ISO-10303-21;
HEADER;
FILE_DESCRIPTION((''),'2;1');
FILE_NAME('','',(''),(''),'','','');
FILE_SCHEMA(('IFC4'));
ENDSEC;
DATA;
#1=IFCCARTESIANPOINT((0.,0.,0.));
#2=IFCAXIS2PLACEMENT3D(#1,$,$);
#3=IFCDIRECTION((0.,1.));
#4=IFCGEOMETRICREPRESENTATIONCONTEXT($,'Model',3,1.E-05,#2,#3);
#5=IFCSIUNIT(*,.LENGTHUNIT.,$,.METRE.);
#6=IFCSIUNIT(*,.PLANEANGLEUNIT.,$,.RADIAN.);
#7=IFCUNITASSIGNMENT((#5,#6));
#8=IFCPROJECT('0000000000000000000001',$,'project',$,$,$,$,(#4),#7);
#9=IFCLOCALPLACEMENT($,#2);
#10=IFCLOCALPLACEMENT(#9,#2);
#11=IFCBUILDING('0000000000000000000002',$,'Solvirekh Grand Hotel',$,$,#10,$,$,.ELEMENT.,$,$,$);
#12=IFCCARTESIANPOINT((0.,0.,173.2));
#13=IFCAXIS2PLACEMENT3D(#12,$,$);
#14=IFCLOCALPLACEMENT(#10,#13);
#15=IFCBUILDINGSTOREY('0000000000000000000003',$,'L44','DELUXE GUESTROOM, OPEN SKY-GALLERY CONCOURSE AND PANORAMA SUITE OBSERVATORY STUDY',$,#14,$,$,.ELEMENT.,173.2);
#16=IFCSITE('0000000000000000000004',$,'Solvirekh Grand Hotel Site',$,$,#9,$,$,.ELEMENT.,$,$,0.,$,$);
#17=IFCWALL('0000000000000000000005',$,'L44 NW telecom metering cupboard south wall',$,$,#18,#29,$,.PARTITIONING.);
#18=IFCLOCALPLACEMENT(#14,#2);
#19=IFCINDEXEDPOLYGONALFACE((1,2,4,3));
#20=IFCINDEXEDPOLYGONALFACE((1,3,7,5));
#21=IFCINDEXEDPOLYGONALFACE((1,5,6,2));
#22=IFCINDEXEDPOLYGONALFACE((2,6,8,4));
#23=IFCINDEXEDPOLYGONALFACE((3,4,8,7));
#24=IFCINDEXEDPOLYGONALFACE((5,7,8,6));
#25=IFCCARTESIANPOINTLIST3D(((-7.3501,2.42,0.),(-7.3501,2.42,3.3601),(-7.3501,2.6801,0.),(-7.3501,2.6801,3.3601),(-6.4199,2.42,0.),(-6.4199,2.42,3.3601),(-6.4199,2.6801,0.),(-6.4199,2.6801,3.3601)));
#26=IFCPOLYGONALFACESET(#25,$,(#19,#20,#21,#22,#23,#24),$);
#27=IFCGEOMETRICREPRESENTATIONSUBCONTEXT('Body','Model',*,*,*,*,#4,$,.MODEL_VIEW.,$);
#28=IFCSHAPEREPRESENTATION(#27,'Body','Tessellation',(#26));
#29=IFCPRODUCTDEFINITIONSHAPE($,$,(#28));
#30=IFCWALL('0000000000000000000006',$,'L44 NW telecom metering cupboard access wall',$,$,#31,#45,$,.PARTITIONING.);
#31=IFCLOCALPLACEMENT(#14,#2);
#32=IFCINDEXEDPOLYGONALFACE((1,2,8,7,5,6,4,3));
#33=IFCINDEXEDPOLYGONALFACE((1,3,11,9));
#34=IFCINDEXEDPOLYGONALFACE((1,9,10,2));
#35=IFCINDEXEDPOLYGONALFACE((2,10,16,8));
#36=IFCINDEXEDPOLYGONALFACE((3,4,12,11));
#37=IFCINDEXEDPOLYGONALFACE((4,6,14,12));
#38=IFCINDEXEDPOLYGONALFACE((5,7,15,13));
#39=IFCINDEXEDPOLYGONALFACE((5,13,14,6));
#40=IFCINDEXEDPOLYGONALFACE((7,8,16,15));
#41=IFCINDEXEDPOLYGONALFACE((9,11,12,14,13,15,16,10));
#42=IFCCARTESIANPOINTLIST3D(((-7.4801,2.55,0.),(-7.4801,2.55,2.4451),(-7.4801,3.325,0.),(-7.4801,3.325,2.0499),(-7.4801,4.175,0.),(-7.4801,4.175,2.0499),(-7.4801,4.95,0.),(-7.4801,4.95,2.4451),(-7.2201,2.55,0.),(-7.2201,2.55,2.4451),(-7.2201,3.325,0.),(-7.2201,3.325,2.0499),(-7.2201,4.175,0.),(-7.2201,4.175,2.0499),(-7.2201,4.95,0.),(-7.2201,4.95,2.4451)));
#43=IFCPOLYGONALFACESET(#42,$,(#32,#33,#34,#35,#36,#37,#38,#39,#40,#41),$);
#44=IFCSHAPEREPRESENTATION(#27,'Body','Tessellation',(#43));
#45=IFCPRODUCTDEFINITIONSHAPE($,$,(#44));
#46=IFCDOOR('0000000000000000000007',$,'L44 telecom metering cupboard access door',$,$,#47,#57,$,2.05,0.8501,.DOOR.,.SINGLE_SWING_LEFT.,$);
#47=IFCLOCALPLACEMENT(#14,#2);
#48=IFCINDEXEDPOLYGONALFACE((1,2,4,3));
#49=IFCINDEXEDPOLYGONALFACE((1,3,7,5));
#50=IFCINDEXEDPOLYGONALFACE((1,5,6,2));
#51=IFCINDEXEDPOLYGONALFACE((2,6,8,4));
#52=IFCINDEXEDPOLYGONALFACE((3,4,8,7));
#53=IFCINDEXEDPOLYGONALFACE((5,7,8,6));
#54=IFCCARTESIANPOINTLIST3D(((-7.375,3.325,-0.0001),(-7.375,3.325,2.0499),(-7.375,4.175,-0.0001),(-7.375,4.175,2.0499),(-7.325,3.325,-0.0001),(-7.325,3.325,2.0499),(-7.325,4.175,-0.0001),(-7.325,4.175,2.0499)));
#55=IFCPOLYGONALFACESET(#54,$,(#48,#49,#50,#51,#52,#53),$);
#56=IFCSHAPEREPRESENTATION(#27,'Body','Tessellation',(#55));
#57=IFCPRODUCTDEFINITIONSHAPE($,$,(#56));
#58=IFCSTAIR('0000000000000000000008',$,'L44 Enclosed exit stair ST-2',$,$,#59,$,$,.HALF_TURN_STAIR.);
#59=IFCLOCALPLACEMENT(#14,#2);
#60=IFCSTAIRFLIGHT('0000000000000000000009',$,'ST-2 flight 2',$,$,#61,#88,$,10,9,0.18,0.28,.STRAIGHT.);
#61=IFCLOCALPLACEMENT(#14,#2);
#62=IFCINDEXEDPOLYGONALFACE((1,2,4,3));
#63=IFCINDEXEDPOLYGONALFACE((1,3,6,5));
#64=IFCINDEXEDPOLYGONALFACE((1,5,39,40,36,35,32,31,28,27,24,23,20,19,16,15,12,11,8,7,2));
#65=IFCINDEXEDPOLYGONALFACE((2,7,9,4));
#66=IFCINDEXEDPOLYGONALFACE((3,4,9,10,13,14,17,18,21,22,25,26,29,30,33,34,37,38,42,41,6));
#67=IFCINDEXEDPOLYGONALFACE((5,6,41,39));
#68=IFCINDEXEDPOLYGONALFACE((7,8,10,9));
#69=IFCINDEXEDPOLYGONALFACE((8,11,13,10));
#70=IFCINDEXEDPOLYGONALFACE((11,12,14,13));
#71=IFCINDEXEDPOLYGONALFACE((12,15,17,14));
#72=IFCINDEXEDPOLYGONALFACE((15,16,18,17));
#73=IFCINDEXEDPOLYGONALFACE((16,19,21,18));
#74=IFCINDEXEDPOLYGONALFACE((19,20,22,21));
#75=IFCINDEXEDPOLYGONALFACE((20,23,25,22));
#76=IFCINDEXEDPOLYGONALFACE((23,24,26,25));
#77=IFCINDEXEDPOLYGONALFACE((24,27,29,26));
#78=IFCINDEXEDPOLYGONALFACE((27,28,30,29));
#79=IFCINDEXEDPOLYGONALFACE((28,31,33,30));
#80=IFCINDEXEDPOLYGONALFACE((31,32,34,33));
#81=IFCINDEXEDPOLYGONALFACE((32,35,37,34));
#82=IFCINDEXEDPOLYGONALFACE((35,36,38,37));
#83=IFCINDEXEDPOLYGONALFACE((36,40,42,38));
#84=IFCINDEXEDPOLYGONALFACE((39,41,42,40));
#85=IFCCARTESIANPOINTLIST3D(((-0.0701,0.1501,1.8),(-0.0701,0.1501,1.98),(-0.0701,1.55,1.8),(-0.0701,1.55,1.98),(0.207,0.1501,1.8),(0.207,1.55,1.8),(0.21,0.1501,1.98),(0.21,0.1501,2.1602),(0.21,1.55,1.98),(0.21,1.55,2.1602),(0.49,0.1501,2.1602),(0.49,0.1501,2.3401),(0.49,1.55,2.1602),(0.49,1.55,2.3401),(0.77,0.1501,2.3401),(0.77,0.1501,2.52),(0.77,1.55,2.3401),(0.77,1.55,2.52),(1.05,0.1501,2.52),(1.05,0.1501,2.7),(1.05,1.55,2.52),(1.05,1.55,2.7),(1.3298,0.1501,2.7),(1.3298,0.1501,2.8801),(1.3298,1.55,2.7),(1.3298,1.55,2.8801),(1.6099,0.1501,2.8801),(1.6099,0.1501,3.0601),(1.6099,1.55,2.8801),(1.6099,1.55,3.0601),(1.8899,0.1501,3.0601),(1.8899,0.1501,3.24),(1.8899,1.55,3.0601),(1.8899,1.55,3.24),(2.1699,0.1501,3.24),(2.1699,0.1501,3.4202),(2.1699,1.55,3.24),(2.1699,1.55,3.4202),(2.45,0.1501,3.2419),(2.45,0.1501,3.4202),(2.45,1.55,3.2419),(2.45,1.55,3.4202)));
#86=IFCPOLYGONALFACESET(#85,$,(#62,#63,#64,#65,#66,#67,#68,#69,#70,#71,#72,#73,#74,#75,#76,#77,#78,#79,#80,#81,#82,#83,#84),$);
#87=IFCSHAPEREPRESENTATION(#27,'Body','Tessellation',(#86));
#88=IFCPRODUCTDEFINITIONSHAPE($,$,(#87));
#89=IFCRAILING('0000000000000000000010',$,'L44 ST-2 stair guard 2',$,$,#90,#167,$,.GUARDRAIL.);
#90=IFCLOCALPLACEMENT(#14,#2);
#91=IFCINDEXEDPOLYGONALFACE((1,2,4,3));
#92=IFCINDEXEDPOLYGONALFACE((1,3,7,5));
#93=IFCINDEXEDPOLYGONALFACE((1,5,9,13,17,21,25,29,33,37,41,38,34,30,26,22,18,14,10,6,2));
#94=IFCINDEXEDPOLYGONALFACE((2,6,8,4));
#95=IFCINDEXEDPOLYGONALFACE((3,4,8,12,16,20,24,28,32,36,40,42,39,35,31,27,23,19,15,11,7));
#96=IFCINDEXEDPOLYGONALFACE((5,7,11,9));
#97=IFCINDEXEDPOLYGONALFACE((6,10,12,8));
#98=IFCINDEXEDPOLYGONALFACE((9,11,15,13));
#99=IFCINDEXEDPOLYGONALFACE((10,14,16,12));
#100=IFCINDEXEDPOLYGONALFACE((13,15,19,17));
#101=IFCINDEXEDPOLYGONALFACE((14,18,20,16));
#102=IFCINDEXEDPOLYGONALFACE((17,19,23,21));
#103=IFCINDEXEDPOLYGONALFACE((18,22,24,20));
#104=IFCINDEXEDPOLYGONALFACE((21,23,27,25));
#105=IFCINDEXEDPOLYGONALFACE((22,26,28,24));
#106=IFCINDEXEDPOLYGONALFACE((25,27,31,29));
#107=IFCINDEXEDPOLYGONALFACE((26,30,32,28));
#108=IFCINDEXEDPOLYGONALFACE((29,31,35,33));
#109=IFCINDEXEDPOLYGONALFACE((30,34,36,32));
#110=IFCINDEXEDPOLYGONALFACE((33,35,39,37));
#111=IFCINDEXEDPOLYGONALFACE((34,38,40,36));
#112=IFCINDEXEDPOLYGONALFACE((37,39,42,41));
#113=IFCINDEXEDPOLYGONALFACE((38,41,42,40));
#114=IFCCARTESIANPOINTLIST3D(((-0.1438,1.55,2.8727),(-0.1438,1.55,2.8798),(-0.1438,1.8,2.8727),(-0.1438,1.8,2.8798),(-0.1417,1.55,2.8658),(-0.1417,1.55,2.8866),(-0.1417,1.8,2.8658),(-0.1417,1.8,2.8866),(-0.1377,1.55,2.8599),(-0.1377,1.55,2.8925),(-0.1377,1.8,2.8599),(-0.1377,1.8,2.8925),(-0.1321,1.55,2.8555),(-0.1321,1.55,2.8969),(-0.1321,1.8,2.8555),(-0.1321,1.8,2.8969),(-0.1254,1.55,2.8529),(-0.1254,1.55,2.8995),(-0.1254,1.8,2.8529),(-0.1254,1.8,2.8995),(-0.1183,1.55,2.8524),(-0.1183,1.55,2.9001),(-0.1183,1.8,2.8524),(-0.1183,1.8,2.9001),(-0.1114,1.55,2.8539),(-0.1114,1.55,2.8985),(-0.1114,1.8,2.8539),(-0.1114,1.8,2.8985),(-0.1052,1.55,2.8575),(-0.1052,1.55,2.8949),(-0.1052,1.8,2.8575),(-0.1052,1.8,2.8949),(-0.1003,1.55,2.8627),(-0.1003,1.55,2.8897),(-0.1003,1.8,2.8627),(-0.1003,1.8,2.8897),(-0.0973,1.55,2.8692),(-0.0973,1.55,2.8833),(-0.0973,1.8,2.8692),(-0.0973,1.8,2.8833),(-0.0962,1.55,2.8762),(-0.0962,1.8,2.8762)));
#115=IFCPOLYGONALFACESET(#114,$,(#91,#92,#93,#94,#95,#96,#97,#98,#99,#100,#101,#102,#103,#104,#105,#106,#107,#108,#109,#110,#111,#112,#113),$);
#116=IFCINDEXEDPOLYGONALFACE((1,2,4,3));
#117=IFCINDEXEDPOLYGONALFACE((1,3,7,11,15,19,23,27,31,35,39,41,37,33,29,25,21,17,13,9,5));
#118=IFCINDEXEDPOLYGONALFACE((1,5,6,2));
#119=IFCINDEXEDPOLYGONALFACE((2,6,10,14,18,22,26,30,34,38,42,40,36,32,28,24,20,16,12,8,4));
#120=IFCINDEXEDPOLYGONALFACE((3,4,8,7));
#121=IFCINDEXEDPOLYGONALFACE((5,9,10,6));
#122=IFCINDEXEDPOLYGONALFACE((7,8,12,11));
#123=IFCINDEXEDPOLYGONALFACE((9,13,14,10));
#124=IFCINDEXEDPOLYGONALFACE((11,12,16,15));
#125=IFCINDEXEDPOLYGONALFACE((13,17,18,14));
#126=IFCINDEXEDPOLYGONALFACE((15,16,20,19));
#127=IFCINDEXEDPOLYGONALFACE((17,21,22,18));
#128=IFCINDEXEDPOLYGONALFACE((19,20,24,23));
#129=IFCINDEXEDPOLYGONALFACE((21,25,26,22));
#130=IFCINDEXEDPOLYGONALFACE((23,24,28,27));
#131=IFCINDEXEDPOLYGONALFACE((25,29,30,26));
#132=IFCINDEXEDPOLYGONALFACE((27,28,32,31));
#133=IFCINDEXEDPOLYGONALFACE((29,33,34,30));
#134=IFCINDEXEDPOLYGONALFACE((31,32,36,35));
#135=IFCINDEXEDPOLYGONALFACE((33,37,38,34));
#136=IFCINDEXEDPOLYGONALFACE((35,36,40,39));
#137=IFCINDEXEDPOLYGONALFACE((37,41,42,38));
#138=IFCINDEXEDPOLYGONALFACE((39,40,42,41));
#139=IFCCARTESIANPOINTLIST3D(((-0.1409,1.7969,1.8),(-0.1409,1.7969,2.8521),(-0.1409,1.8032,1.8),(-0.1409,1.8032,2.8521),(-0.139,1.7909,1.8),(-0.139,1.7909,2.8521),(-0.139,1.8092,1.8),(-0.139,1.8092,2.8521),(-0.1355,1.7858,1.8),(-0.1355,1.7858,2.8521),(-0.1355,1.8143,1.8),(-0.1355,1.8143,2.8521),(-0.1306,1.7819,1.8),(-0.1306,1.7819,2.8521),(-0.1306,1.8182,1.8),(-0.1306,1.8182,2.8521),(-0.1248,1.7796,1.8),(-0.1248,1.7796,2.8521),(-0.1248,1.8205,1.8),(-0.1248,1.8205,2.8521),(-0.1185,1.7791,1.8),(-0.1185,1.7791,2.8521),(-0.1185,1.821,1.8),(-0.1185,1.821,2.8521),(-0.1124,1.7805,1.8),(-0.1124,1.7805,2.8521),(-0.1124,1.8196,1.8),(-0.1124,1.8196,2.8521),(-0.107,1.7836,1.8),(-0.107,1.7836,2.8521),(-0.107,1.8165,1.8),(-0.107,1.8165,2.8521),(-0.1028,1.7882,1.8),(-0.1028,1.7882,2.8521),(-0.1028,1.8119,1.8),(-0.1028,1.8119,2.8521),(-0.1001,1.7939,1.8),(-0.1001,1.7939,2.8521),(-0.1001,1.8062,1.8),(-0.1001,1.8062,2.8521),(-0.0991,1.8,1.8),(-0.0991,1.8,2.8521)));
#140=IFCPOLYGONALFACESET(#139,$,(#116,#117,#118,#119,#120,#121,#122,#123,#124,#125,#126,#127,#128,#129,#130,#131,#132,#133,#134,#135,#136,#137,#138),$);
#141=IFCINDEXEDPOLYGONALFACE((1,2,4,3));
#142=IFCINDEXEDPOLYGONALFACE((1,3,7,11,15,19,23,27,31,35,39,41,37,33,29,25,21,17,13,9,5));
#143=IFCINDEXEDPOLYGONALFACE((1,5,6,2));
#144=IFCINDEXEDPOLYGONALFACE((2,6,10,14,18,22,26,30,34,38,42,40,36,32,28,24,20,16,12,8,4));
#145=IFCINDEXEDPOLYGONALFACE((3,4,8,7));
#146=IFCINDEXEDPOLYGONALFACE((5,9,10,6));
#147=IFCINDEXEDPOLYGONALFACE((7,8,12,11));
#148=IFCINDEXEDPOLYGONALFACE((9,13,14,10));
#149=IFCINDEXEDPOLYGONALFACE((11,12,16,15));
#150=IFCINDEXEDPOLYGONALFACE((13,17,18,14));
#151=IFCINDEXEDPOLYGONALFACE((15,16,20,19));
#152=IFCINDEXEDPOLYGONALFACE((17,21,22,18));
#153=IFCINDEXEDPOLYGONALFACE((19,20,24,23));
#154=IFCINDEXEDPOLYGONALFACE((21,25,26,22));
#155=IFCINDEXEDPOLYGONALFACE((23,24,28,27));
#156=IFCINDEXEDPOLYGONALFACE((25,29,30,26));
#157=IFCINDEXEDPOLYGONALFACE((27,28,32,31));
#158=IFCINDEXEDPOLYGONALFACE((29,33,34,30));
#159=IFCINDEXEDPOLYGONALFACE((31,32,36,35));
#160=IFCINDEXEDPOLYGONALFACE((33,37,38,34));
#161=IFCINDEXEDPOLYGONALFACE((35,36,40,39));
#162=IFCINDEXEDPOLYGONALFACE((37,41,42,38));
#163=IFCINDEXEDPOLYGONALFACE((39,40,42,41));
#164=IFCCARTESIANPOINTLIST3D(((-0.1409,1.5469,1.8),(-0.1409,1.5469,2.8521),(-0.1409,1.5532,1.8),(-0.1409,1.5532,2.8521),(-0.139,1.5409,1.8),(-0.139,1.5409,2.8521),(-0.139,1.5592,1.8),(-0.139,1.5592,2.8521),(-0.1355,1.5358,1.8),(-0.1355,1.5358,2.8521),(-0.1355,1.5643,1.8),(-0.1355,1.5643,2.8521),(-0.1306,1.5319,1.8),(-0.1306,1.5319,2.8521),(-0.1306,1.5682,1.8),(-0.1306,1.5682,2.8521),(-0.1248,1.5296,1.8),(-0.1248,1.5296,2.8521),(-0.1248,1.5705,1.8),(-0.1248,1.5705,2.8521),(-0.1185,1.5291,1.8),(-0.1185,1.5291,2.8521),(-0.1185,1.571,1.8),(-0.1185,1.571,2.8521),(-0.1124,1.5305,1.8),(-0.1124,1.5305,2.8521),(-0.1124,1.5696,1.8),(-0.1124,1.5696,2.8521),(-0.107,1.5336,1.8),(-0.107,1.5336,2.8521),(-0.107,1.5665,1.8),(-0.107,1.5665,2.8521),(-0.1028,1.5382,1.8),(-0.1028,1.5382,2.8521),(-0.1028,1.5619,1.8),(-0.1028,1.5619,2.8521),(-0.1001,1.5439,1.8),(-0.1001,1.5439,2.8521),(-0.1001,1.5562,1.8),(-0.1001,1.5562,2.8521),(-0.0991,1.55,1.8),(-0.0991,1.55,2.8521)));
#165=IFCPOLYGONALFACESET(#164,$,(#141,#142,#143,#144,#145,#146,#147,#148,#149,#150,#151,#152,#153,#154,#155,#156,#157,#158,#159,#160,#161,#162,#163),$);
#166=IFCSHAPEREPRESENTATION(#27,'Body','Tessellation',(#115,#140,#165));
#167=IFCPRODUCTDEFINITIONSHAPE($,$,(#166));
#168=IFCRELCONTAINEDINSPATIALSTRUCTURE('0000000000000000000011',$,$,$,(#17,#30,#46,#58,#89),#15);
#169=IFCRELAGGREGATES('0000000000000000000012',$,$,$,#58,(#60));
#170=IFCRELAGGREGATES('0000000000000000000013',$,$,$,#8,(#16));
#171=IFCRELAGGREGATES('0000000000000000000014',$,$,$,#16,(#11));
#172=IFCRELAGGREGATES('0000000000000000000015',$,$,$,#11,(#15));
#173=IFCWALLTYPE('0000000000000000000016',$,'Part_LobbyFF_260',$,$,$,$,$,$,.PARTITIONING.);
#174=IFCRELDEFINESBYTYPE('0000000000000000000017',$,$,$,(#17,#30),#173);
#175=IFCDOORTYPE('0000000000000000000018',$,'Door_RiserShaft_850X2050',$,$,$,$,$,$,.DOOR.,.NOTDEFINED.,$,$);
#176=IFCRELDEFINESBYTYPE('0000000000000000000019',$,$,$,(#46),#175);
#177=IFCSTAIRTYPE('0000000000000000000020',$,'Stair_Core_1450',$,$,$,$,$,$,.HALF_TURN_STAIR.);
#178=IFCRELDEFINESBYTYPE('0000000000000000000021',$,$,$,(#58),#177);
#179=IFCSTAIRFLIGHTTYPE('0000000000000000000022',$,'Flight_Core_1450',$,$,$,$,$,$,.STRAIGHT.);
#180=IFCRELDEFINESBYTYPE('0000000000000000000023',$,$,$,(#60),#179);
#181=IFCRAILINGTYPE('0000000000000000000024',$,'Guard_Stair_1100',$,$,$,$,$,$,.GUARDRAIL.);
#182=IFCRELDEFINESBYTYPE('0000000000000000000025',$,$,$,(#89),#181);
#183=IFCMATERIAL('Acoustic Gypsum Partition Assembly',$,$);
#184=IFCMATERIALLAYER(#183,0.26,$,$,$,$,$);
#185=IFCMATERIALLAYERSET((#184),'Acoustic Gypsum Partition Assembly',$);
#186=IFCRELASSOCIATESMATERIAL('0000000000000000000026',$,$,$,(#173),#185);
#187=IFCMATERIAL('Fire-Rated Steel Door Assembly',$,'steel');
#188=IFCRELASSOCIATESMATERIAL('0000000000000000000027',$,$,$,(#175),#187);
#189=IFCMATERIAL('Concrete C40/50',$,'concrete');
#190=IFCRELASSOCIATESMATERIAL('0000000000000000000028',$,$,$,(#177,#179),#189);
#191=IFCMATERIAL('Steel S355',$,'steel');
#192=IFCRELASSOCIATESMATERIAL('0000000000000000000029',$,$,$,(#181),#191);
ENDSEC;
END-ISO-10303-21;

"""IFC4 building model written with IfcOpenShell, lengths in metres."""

from ifc_helpers import new_model, si_unit, direction, frame, frame_2d, origin, origin_2d, place, context, subcontext, project, spatial, polyline, rectangle, circle, outline, extrude, material, layer, layer_set, type_object, element, fill, aggregate, save


model = new_model("IFC4")

# Units and contexts
model_context = context("Model", 3, precision=1e-05, world=origin(), true_north=direction((0.0, 1.0)))
body_context = subcontext(model_context, "Body", "Model", "MODEL_VIEW")
ifc_project = project(units=[si_unit("LENGTHUNIT", "METRE"), si_unit("PLANEANGLEUNIT", "RADIAN")], contexts=[model_context])

# Site, building, storey
site_placement = place(None, origin())
site = spatial("IfcSite", under=ifc_project, at=site_placement, Name="Solvirekh Grand Hotel Site", CompositionType="ELEMENT", RefElevation=0.0)
building_placement = place(site_placement, origin())
building = spatial("IfcBuilding", under=site, at=building_placement, Name="Solvirekh Grand Hotel", CompositionType="ELEMENT")
storey_placement = place(building_placement, frame((0.0, 0.0, 173.2)))
storey = spatial("IfcBuildingStorey", under=building, at=storey_placement, Name="L44", Description="DELUXE GUESTROOM, OPEN SKY-GALLERY CONCOURSE AND PANORAMA SUITE OBSERVATORY STUDY", CompositionType="ELEMENT", Elevation=173.2)

# Shared definitions
ifc_material_1 = material(Name="Concrete C40/50", Category="concrete")
ifc_material_2 = material(Name="Fire-Rated Steel Door Assembly", Category="steel")

# Wall
ifc_material_3 = material(Name="Acoustic Gypsum Partition Assembly")
ifc_layer_1 = layer(ifc_material_3, 0.26)
ifc_layer_set_1 = layer_set([ifc_layer_1], Name="Acoustic Gypsum Partition Assembly")
wall_type_1 = type_object("IfcWallType", Name="Part_LobbyFF_260", PredefinedType="PARTITIONING", material=ifc_layer_set_1)
for number, where, z_axis, x_axis, name in (
    (1, (-7.3501, 2.55, 0.0), (0.0, 0.0, 1.0), (1.0, 0.0, 0.0), "L44 NW telecom metering cupboard south wall"),
):
    element("IfcWall", number, at=place(storey_placement, frame(where, z_axis=z_axis, x_axis=x_axis)), inside=storey, type_object=wall_type_1, Name=name, PredefinedType="PARTITIONING", context=body_context, shape_type="SweptSolid", body=[
        extrude(rectangle(XDim=0.9302, YDim=0.26, at=frame_2d((0.4651, 0.0))), origin(), (0.0, 0.0, 1.0), 3.3601),
    ])

# Wall, opening, door
wall_1_placement = place(storey_placement, frame((-7.3501, 2.55, 0.0), z_axis=(0.0, 0.0, 1.0), x_axis=(0.0, 1.0, 0.0)))
wall_1 = element("IfcWall", 2, at=wall_1_placement, inside=storey, type_object=wall_type_1, Name="L44 NW telecom metering cupboard access wall", PredefinedType="PARTITIONING", context=body_context, shape_type="SweptSolid", body=[
    extrude(rectangle(XDim=2.3999, YDim=0.26, at=frame_2d((1.2, 0.0))), origin(), (0.0, 0.0, 1.0), 2.4451),
])
opening_1_placement = place(wall_1_placement, frame((0.7749, 0.0, 0.0)))
opening_1 = element("IfcOpeningElement", 3, at=opening_1_placement, cuts=wall_1, PredefinedType="OPENING", context=body_context, shape_type="SweptSolid", body=[
    extrude(rectangle(XDim=0.8501, YDim=2.05, at=frame_2d((0.425, 1.0249))), frame((0.0, 0.1401, 0.0), z_axis=(0.0, -1.0, 0.0), x_axis=(1.0, 0.0, 0.0)), (0.0, 0.0, 1.0), 0.28),
])
door_type_1 = type_object("IfcDoorType", Name="Door_RiserShaft_850X2050", OperationType="NOTDEFINED", PredefinedType="DOOR", material=ifc_material_2)
door_1_placement = place(opening_1_placement, origin())
door_1 = element("IfcDoor", 4, at=door_1_placement, inside=storey, type_object=door_type_1, Name="L44 telecom metering cupboard access door", OperationType="SINGLE_SWING_LEFT", OverallHeight=2.05, OverallWidth=0.8501, PredefinedType="DOOR", context=body_context, shape_type="SweptSolid", body=[
    extrude(rectangle(XDim=0.8501, YDim=2.05, at=frame_2d((0.425, 1.0249))), frame((0.0, 0.0249, 0.0), z_axis=(0.0, -1.0, 0.0), x_axis=(1.0, 0.0, 0.0)), (0.0, 0.0, 1.0), 0.05),
])
fill(opening_1, door_1)

# Stair, stair flight
stair_type = type_object("IfcStairType", Name="Stair_Core_1450", PredefinedType="HALF_TURN_STAIR", material=ifc_material_1)
stair_placement = place(storey_placement, origin())
stair = element("IfcStair", 5, at=stair_placement, inside=storey, type_object=stair_type, Name="L44 Enclosed exit stair ST-2", PredefinedType="HALF_TURN_STAIR")
stair_flight_type = type_object("IfcStairFlightType", Name="Flight_Core_1450", PredefinedType="STRAIGHT", material=ifc_material_1)
stair_flight_placement = place(storey_placement, frame((-0.0701, 0.8501, 1.8), z_axis=(0.0, 0.0, 1.0), x_axis=(1.0, 0.0, 0.0)))
stair_flight = element("IfcStairFlight", 6, at=stair_flight_placement, type_object=stair_flight_type, Name="ST-2 flight 2", NumberOfRisers=10, NumberOfTreads=9, PredefinedType="STRAIGHT", RiserHeight=0.18, TreadLength=0.28, context=body_context, shape_type="SweptSolid", body=[
    extrude(outline(polyline([(0.0, 0.0), (0.0, 0.1799), (0.28, 0.1799), (0.28, 0.3601), (0.5601, 0.3601), (0.5601, 0.54), (0.8401, 0.54), (0.8401, 0.72), (1.1201, 0.72), (1.1201, 0.8999), (1.3999, 0.8999), (1.3999, 1.0801), (1.6799, 1.0801), (1.6799, 1.26), (1.96, 1.26), (1.96, 1.4399), (2.24, 1.4399), (2.24, 1.6201), (2.52, 1.6201), (2.52, 1.8), (2.52, 1.4419), (0.2771, 0.0), (0.0, 0.0)])), frame((0.0, 0.7, 0.0), z_axis=(0.0, -1.0, 0.0), x_axis=(1.0, 0.0, 0.0)), (0.0, 0.0, 1.0), 1.3999),
])
aggregate(stair, [stair_flight])

# Railing
ifc_material_4 = material(Name="Steel S355", Category="steel")
railing_type_1 = type_object("IfcRailingType", Name="Guard_Stair_1100", PredefinedType="GUARDRAIL", material=ifc_material_4)
railing_1_placement = place(storey_placement, frame((-0.1201, 1.8, 1.8)))
element("IfcRailing", 7, at=railing_1_placement, inside=storey, type_object=railing_type_1, Name="L44 ST-2 stair guard 2", PredefinedType="GUARDRAIL", context=body_context, shape_type="SweptSolid", body=[
    extrude(circle(Radius=0.0239, at=origin_2d()), frame((0.0, 0.0, 1.0762), z_axis=(0.0, -1.0, 0.0), x_axis=(1.0, 0.0, 0.0)), (0.0, 0.0, 1.0), 0.25),
    extrude(circle(Radius=0.021, at=origin_2d()), origin(), (0.0, 0.0, 1.0), 1.052),
    extrude(circle(Radius=0.021, at=origin_2d()), frame((0.0, -0.25, 0.0)), (0.0, 0.0, 1.0), 1.052),
])

save(model, "model.ifc")
